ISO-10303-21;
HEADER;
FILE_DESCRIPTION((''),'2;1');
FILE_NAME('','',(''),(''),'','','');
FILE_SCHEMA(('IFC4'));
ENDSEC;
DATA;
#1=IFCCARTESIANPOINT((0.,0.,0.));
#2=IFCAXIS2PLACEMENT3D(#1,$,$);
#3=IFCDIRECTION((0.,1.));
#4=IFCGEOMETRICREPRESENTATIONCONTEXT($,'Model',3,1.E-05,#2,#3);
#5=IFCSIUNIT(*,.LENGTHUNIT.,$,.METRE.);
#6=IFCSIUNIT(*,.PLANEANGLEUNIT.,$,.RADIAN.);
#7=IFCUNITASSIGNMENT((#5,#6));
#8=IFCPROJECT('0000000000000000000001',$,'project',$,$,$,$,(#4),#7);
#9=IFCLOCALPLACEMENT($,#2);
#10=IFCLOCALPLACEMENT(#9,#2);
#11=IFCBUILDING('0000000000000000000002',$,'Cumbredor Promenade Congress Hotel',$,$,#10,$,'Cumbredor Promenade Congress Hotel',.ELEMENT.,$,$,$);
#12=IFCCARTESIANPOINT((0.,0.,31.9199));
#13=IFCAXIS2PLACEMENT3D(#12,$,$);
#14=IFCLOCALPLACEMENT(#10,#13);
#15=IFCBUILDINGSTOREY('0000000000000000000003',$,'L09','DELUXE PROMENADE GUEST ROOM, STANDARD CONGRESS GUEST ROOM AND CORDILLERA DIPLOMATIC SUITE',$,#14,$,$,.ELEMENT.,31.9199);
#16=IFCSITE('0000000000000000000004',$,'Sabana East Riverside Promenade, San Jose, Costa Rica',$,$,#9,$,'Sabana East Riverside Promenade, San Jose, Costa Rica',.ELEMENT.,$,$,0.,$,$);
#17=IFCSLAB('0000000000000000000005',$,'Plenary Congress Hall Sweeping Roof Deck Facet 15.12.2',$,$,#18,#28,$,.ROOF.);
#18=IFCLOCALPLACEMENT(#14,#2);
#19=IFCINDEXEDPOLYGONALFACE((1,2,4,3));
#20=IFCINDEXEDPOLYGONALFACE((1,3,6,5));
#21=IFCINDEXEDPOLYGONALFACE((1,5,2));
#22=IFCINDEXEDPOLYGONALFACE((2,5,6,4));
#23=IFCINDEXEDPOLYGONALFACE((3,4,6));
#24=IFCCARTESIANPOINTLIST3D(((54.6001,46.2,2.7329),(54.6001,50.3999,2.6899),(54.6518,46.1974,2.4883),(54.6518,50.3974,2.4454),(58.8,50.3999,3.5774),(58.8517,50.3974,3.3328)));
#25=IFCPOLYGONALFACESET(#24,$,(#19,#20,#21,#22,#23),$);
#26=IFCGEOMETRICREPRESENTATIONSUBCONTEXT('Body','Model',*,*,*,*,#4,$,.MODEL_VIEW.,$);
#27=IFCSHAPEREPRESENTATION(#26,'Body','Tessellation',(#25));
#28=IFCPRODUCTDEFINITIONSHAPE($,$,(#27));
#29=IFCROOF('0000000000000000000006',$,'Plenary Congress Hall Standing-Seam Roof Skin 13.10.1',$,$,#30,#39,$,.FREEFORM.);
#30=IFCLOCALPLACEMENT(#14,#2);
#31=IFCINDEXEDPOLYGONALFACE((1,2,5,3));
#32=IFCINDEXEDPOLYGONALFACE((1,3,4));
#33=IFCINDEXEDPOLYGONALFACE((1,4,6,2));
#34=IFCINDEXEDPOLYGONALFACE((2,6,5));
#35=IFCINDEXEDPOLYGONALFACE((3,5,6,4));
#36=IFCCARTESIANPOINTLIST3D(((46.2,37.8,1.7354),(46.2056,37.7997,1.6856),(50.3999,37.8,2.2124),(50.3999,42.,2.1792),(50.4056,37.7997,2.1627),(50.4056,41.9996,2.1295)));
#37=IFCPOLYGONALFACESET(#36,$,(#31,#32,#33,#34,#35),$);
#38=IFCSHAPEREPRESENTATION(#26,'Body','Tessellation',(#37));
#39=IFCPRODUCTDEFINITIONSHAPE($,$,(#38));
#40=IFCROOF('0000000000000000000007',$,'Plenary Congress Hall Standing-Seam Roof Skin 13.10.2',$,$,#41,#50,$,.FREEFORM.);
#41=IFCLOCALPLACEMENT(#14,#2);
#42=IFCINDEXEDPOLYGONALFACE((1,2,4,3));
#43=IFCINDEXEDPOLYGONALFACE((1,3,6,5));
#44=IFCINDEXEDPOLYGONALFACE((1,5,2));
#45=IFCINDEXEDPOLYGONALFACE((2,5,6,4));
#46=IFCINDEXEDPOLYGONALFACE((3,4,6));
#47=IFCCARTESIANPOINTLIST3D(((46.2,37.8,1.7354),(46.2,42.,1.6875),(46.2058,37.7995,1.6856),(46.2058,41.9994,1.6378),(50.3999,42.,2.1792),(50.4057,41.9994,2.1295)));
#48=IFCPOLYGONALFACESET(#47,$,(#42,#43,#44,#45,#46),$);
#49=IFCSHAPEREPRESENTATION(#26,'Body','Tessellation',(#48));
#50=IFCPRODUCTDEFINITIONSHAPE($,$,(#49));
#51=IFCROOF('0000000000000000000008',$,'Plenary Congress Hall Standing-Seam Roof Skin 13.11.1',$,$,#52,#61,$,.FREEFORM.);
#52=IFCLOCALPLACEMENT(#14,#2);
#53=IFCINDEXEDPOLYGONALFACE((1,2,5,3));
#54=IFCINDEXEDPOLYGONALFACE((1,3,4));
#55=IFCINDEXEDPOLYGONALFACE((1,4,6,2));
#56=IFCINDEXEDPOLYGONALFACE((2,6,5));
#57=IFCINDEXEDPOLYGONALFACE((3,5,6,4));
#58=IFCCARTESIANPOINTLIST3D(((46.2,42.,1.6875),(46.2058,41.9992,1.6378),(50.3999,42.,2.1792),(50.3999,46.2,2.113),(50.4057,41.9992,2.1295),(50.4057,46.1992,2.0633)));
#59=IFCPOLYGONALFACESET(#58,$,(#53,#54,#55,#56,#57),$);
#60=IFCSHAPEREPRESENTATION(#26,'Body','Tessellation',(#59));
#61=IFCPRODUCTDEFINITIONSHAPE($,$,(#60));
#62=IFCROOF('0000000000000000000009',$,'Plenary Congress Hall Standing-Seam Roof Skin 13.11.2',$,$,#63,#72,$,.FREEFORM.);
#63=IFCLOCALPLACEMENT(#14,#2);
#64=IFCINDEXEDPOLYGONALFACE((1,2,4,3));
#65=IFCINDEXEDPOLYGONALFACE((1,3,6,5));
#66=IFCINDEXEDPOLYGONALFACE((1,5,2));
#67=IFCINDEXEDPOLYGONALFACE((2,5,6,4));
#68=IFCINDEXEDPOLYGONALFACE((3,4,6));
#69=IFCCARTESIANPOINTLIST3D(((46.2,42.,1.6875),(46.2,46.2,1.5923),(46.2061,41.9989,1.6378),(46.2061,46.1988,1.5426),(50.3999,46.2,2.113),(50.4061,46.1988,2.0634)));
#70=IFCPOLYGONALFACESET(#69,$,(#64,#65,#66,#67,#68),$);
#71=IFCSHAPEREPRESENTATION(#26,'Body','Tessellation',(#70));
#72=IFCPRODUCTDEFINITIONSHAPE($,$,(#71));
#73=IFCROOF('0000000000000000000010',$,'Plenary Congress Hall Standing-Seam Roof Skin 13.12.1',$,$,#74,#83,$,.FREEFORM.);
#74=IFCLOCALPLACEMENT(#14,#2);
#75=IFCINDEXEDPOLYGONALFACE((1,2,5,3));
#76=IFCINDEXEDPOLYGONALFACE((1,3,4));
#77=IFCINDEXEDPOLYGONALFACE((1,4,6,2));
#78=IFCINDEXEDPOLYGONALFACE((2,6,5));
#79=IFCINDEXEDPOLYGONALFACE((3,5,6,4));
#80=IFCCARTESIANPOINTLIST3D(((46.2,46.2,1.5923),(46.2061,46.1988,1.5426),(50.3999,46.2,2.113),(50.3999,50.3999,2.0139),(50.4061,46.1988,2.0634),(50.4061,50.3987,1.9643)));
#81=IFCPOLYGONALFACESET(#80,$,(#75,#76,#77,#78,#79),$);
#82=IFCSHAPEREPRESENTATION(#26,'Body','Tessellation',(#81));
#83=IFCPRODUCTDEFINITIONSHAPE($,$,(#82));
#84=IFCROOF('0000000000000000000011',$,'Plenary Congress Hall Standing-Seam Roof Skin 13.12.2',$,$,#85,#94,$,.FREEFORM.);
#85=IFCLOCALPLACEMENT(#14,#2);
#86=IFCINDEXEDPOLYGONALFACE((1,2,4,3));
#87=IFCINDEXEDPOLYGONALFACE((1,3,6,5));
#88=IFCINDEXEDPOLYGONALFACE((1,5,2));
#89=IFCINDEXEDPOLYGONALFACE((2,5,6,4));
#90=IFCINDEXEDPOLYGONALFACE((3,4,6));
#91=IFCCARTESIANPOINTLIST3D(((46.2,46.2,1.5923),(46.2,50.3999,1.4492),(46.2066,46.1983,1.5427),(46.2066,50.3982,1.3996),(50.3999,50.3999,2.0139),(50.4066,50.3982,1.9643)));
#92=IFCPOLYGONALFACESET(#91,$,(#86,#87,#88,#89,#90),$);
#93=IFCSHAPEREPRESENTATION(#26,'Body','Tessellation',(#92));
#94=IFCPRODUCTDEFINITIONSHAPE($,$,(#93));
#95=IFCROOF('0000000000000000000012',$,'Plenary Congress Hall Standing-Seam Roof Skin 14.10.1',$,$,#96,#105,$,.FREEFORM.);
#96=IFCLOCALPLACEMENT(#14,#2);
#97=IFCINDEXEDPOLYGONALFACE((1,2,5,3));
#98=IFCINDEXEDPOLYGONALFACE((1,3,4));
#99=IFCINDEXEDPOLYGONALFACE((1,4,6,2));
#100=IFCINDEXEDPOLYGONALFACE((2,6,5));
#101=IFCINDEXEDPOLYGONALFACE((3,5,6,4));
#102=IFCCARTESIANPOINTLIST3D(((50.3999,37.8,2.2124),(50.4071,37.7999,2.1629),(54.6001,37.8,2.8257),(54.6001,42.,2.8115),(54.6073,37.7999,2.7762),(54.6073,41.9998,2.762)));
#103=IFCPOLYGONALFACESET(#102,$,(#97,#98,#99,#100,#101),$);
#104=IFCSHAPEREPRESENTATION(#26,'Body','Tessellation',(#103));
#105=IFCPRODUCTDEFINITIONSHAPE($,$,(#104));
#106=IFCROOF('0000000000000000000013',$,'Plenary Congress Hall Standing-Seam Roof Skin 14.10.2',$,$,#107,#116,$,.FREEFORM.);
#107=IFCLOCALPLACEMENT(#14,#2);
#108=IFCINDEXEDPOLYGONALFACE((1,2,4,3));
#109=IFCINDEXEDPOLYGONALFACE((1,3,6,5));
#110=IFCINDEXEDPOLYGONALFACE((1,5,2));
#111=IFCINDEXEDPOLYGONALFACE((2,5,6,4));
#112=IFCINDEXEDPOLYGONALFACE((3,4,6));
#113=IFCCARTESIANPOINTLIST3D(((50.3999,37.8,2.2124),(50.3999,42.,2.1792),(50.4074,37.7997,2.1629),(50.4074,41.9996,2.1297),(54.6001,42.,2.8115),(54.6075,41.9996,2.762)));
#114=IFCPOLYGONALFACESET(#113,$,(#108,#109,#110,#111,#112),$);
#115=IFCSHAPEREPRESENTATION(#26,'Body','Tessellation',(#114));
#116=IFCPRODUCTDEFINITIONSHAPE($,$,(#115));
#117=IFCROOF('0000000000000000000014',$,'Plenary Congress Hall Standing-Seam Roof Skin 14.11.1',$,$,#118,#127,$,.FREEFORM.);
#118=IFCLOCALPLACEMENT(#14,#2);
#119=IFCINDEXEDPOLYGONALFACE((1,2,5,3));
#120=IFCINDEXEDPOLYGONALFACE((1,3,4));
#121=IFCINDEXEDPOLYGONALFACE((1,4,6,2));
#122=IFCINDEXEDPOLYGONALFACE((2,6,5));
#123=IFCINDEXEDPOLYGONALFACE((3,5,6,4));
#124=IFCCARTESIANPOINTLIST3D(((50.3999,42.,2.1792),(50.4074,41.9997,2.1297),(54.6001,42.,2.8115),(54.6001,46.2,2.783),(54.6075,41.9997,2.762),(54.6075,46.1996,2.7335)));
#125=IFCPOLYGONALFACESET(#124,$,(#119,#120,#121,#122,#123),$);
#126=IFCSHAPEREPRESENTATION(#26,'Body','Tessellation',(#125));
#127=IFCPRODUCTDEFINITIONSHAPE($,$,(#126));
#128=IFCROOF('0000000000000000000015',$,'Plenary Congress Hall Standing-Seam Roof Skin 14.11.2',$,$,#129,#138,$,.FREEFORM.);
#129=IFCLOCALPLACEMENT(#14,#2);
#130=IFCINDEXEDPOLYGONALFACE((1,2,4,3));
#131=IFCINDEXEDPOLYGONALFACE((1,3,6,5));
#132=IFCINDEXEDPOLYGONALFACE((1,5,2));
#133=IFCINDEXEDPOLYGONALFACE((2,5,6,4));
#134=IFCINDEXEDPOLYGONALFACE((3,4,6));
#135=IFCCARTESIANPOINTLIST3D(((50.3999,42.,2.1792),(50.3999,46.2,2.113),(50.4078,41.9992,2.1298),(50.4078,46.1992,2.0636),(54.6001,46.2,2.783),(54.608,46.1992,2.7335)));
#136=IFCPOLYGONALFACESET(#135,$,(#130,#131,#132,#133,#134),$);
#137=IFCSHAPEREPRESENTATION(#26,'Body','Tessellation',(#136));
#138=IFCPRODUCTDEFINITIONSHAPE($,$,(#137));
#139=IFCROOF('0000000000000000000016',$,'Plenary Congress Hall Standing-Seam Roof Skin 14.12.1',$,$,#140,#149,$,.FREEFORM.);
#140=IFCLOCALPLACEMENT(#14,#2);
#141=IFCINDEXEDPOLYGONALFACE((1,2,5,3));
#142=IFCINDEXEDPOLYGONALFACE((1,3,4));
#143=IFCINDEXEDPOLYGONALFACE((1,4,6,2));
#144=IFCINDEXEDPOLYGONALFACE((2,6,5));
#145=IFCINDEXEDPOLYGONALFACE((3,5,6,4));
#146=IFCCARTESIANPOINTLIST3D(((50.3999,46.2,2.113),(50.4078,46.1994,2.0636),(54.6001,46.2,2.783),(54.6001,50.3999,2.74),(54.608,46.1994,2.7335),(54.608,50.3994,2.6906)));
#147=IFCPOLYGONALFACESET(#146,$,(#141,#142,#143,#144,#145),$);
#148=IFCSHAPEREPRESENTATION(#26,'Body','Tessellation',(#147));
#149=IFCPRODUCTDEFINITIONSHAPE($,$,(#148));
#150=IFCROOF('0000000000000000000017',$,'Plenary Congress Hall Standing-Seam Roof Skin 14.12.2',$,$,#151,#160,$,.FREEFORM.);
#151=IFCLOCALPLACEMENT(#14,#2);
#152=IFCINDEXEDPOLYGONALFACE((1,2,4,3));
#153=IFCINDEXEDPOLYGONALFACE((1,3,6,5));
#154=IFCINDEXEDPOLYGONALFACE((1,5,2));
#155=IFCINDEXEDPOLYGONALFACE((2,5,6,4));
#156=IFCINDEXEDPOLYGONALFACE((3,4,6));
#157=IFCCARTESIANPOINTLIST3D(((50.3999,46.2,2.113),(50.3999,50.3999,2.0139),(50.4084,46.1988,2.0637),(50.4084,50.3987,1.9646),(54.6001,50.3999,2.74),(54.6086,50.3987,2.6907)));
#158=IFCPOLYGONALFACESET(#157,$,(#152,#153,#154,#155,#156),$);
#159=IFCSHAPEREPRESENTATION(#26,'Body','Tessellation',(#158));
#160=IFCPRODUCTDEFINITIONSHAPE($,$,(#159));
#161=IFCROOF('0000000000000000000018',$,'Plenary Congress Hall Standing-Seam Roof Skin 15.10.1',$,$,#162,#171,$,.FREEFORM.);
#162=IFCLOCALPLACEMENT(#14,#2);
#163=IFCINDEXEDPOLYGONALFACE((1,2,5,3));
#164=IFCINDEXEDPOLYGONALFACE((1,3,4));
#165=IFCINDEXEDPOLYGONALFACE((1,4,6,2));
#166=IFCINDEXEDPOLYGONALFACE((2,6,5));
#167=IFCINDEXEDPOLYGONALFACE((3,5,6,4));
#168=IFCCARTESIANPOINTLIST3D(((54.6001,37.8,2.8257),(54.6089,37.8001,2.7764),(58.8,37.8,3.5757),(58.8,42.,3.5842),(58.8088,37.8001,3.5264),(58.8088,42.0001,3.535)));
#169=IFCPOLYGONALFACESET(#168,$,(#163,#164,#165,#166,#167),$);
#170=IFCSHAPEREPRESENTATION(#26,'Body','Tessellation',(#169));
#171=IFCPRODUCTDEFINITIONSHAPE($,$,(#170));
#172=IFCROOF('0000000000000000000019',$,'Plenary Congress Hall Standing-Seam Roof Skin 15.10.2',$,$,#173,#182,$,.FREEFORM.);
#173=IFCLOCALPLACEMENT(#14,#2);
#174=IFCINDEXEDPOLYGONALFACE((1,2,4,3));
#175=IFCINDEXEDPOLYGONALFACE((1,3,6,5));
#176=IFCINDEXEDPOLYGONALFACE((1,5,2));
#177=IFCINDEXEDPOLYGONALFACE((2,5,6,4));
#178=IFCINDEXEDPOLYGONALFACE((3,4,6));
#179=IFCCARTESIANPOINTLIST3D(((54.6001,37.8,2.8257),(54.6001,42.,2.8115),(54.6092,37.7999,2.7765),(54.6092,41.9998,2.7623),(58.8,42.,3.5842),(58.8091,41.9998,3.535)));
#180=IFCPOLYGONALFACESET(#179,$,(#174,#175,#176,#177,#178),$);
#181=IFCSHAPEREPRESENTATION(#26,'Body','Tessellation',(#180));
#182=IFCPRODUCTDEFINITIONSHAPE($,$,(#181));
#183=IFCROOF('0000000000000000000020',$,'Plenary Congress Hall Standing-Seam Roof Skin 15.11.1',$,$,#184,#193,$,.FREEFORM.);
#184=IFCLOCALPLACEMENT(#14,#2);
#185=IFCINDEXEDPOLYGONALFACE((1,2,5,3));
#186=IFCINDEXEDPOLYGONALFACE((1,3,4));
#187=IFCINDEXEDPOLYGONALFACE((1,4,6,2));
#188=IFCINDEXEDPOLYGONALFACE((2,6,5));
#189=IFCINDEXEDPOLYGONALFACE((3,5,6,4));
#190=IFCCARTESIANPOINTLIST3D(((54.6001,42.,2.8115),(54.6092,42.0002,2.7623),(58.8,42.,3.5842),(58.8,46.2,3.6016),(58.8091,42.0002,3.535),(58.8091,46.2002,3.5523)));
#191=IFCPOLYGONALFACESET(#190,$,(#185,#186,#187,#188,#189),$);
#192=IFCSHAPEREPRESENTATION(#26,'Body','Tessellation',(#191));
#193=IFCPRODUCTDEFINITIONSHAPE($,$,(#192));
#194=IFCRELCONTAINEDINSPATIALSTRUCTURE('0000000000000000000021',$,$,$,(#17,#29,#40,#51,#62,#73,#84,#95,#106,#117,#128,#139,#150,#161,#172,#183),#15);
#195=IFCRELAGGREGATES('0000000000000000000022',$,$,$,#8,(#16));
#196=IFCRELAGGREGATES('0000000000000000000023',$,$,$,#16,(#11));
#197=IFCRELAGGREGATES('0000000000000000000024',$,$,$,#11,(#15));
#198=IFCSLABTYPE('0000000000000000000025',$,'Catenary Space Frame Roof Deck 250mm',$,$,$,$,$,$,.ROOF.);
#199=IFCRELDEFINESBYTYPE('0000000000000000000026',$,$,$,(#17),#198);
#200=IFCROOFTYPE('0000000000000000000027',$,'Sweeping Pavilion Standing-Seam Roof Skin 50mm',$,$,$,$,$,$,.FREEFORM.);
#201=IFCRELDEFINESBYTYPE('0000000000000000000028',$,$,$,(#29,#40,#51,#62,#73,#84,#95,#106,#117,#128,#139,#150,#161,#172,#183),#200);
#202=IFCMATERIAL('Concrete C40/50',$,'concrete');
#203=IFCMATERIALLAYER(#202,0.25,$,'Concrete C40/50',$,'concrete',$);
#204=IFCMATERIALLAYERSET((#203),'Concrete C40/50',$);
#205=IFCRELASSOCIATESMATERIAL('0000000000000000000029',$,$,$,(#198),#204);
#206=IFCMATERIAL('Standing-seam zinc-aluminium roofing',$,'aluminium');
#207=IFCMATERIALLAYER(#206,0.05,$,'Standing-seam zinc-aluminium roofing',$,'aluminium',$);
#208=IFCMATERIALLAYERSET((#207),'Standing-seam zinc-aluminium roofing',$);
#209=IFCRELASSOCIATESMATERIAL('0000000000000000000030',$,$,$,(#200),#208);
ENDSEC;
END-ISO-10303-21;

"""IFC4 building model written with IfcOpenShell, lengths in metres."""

from ifc_helpers import new_model, si_unit, direction, frame, origin, place, context, subcontext, project, spatial, polyline, outline, extrude, material, layer, layer_set, type_object, element, save


model = new_model("IFC4")

# Units and contexts
model_context = context("Model", 3, precision=1e-05, world=origin(), true_north=direction((0.0, 1.0)))
body_context = subcontext(model_context, "Body", "Model", "MODEL_VIEW")
ifc_project = project(units=[si_unit("LENGTHUNIT", "METRE"), si_unit("PLANEANGLEUNIT", "RADIAN")], contexts=[model_context])

# Site, building, storey
site_placement = place(None, origin())
site = spatial("IfcSite", under=ifc_project, at=site_placement, Name="Sabana East Riverside Promenade, San Jose, Costa Rica", LongName="Sabana East Riverside Promenade, San Jose, Costa Rica", CompositionType="ELEMENT", RefElevation=0.0)
building_placement = place(site_placement, origin())
building = spatial("IfcBuilding", under=site, at=building_placement, Name="Cumbredor Promenade Congress Hotel", LongName="Cumbredor Promenade Congress Hotel", CompositionType="ELEMENT")
storey_placement = place(building_placement, frame((0.0, 0.0, 31.9199)))
storey = spatial("IfcBuildingStorey", under=building, at=storey_placement, Name="L09", Description="DELUXE PROMENADE GUEST ROOM, STANDARD CONGRESS GUEST ROOM AND CORDILLERA DIPLOMATIC SUITE", CompositionType="ELEMENT", Elevation=31.9199)

# Slab
ifc_material_1 = material(Name="Concrete C40/50", Category="concrete")
ifc_layer_1 = layer(ifc_material_1, 0.25, Name="Concrete C40/50", Category="concrete")
ifc_layer_set_1 = layer_set([ifc_layer_1], Name="Concrete C40/50")
slab_type = type_object("IfcSlabType", Name="Catenary Space Frame Roof Deck 250mm", PredefinedType="ROOF", material=ifc_layer_set_1)
slab_1_placement = place(storey_placement, frame((54.6001, 46.2, 2.7329), z_axis=(-0.206725, 0.010009, 0.978348), x_axis=(0.700066, 0.700066, 0.140762)))
element("IfcSlab", 1, at=slab_1_placement, inside=storey, type_object=slab_type, Name="Plenary Congress Hall Sweeping Roof Deck Facet 15.12.2", PredefinedType="ROOF", context=body_context, shape_type="SweptSolid", body=[
    extrude(outline(polyline([(0.0, 0.0), (5.9994, 0.0), (2.9342, 3.0053), (0.0, 0.0)])), origin(), (0.0, 0.0, -1.0), 0.25),
])

# Roofs
ifc_material_2 = material(Name="Standing-seam zinc-aluminium roofing", Category="aluminium")
ifc_layer_2 = layer(ifc_material_2, 0.05, Name="Standing-seam zinc-aluminium roofing", Category="aluminium")
ifc_layer_set_2 = layer_set([ifc_layer_2], Name="Standing-seam zinc-aluminium roofing")
roof_type = type_object("IfcRoofType", Name="Sweeping Pavilion Standing-Seam Roof Skin 50mm", PredefinedType="FREEFORM", material=ifc_layer_set_2)
roof_1_placement = place(storey_placement, frame((46.2, 37.8, 1.7354), z_axis=(-0.112856, 0.007855, 0.99358), x_axis=(0.993611, 0.0, 0.112859)))
element("IfcRoof", 2, at=roof_1_placement, inside=storey, type_object=roof_type, Name="Plenary Congress Hall Standing-Seam Roof Skin 13.10.1", PredefinedType="FREEFORM", context=body_context, shape_type="SweptSolid", body=[
    extrude(outline(polyline([(0.0, 0.0), (4.227, 0.0), (4.2232, 4.2001), (0.0, 0.0)])), origin(), (0.0, 0.0, -1.0), 0.05),
])
roof_2_placement = place(storey_placement, frame((46.2, 37.8, 1.7354), z_axis=(-0.116271, 0.011315, 0.993153), x_axis=(0.705141, 0.705141, 0.074519)))
element("IfcRoof", 3, at=roof_2_placement, inside=storey, type_object=roof_type, Name="Plenary Congress Hall Standing-Seam Roof Skin 13.10.2", PredefinedType="FREEFORM", context=body_context, shape_type="SweptSolid", body=[
    extrude(outline(polyline([(0.0, 0.0), (5.9562, 0.0), (2.958, 2.982), (0.0, 0.0)])), origin(), (0.0, 0.0, -1.0), 0.05),
])
roof_3_placement = place(storey_placement, frame((46.2, 42.0, 1.6875), z_axis=(-0.116264, 0.015644, 0.993095), x_axis=(0.993217, 0.0, 0.116278)))
element("IfcRoof", 4, at=roof_3_placement, inside=storey, type_object=roof_type, Name="Plenary Congress Hall Standing-Seam Roof Skin 13.11.1", PredefinedType="FREEFORM", context=body_context, shape_type="SweptSolid", body=[
    extrude(outline(polyline([(0.0, 0.0), (4.2286, 0.0), (4.2209, 4.2005), (0.0, 0.0)])), origin(), (0.0, 0.0, -1.0), 0.05),
])
roof_4_placement = place(storey_placement, frame((46.2, 42.0, 1.6875), z_axis=(-0.123017, 0.022492, 0.99215), x_axis=(0.705299, 0.705299, 0.071461)))
element("IfcRoof", 5, at=roof_4_placement, inside=storey, type_object=roof_type, Name="Plenary Congress Hall Standing-Seam Roof Skin 13.11.2", PredefinedType="FREEFORM", context=body_context, shape_type="SweptSolid", body=[
    extrude(outline(polyline([(0.0, 0.0), (5.9549, 0.0), (2.9554, 2.9857), (0.0, 0.0)])), origin(), (0.0, 0.0, -1.0), 0.05),
])
roof_5_placement = place(storey_placement, frame((46.2, 46.2, 1.5923), z_axis=(-0.123014, 0.023415, 0.992129), x_axis=(0.992401, 0.0, 0.123048)))
element("IfcRoof", 6, at=roof_5_placement, inside=storey, type_object=roof_type, Name="Plenary Congress Hall Standing-Seam Roof Skin 13.12.1", PredefinedType="FREEFORM", context=body_context, shape_type="SweptSolid", body=[
    extrude(outline(polyline([(0.0, 0.0), (4.2321, 0.0), (4.2199, 4.2011), (0.0, 0.0)])), origin(), (0.0, 0.0, -1.0), 0.05),
])
roof_6_placement = place(storey_placement, frame((46.2, 46.2, 1.5923), z_axis=(-0.133178, 0.033741, 0.990518), x_axis=(0.705332, 0.705332, 0.070808)))
element("IfcRoof", 7, at=roof_6_placement, inside=storey, type_object=roof_type, Name="Plenary Congress Hall Standing-Seam Roof Skin 13.12.2", PredefinedType="FREEFORM", context=body_context, shape_type="SweptSolid", body=[
    extrude(outline(polyline([(0.0, 0.0), (5.9546, 0.0), (2.9522, 2.9907), (0.0, 0.0)])), origin(), (0.0, 0.0, -1.0), 0.05),
])
roof_7_placement = place(storey_placement, frame((50.3999, 37.8, 2.2124), z_axis=(-0.14448, 0.003336, 0.989502), x_axis=(0.989508, 0.0, 0.144481)))
element("IfcRoof", 8, at=roof_7_placement, inside=storey, type_object=roof_type, Name="Plenary Congress Hall Standing-Seam Roof Skin 14.10.1", PredefinedType="FREEFORM", context=body_context, shape_type="SweptSolid", body=[
    extrude(outline(polyline([(0.0, 0.0), (4.2447, 0.0), (4.2427, 4.2), (0.0, 0.0)])), origin(), (0.0, 0.0, -1.0), 0.05),
])
roof_8_placement = place(storey_placement, frame((50.3999, 37.8, 2.2124), z_axis=(-0.148864, 0.007817, 0.988827), x_axis=(0.703557, 0.703517, 0.100356)))
element("IfcRoof", 9, at=roof_8_placement, inside=storey, type_object=roof_type, Name="Plenary Congress Hall Standing-Seam Roof Skin 14.10.2", PredefinedType="FREEFORM", context=body_context, shape_type="SweptSolid", body=[
    extrude(outline(polyline([(0.0, 0.0), (5.9699, 0.0), (2.9514, 2.9883), (0.0, 0.0)])), origin(), (0.0, 0.0, -1.0), 0.05),
])
roof_9_placement = place(storey_placement, frame((50.3999, 42.0, 2.1792), z_axis=(-0.148865, 0.006725, 0.988835), x_axis=(0.988857, 0.0, 0.148869)))
element("IfcRoof", 10, at=roof_9_placement, inside=storey, type_object=roof_type, Name="Plenary Congress Hall Standing-Seam Roof Skin 14.11.1", PredefinedType="FREEFORM", context=body_context, shape_type="SweptSolid", body=[
    extrude(outline(polyline([(0.0, 0.0), (4.2475, 0.0), (4.2433, 4.2), (0.0, 0.0)])), origin(), (0.0, 0.0, -1.0), 0.05),
])
roof_10_placement = place(storey_placement, frame((50.3999, 42.0, 2.1792), z_axis=(-0.157488, 0.015555, 0.987398), x_axis=(0.703502, 0.703461, 0.101125)))
element("IfcRoof", 11, at=roof_10_placement, inside=storey, type_object=roof_type, Name="Plenary Congress Hall Standing-Seam Roof Skin 14.11.2", PredefinedType="FREEFORM", context=body_context, shape_type="SweptSolid", body=[
    extrude(outline(polyline([(0.0, 0.0), (5.9704, 0.0), (2.9478, 2.9924), (0.0, 0.0)])), origin(), (0.0, 0.0, -1.0), 0.05),
])
roof_11_placement = place(storey_placement, frame((50.3999, 46.2, 2.113), z_axis=(-0.157499, 0.010103, 0.987467), x_axis=(0.987518, 0.0, 0.157507)))
element("IfcRoof", 12, at=roof_11_placement, inside=storey, type_object=roof_type, Name="Plenary Congress Hall Standing-Seam Roof Skin 14.12.1", PredefinedType="FREEFORM", context=body_context, shape_type="SweptSolid", body=[
    extrude(outline(polyline([(0.0, 0.0), (4.2533, 0.0), (4.2465, 4.2002), (0.0, 0.0)])), origin(), (0.0, 0.0, -1.0), 0.05),
])
roof_12_placement = place(storey_placement, frame((50.3999, 46.2, 2.113), z_axis=(-0.170294, 0.023249, 0.985119), x_axis=(0.703221, 0.70318, 0.104968)))
element("IfcRoof", 13, at=roof_12_placement, inside=storey, type_object=roof_type, Name="Plenary Congress Hall Standing-Seam Roof Skin 14.12.2", PredefinedType="FREEFORM", context=body_context, shape_type="SweptSolid", body=[
    extrude(outline(polyline([(0.0, 0.0), (5.9728, 0.0), (2.9429, 2.9981), (0.0, 0.0)])), origin(), (0.0, 0.0, -1.0), 0.05),
])
roof_13_placement = place(storey_placement, frame((54.6001, 37.8, 2.8257), z_axis=(-0.175792, -0.002003, 0.984425), x_axis=(0.984427, 0.0, 0.175793)))
element("IfcRoof", 14, at=roof_13_placement, inside=storey, type_object=roof_type, Name="Plenary Congress Hall Standing-Seam Roof Skin 15.10.1", PredefinedType="FREEFORM", context=body_context, shape_type="SweptSolid", body=[
    extrude(outline(polyline([(0.0, 0.0), (4.2664, 0.0), (4.2679, 4.2), (0.0, 0.0)])), origin(), (0.0, 0.0, -1.0), 0.05),
])
roof_14_placement = place(storey_placement, frame((54.6001, 37.8, 2.8257), z_axis=(-0.180942, 0.003316, 0.983488), x_axis=(0.70141, 0.70141, 0.12668)))
element("IfcRoof", 15, at=roof_14_placement, inside=storey, type_object=roof_type, Name="Plenary Congress Hall Standing-Seam Roof Skin 15.10.2", PredefinedType="FREEFORM", context=body_context, shape_type="SweptSolid", body=[
    extrude(outline(polyline([(0.0, 0.0), (5.9879, 0.0), (2.9441, 2.9953), (0.0, 0.0)])), origin(), (0.0, 0.0, -1.0), 0.05),
])
roof_15_placement = place(storey_placement, frame((54.6001, 42.0, 2.8115), z_axis=(-0.180941, -0.004059, 0.983486), x_axis=(0.983494, 0.0, 0.180943)))
element("IfcRoof", 16, at=roof_15_placement, inside=storey, type_object=roof_type, Name="Plenary Congress Hall Standing-Seam Roof Skin 15.11.1", PredefinedType="FREEFORM", context=body_context, shape_type="SweptSolid", body=[
    extrude(outline(polyline([(0.0, 0.0), (4.2704, 0.0), (4.2736, 4.2), (0.0, 0.0)])), origin(), (0.0, 0.0, -1.0), 0.05),
])

save(model, "model.ifc")
